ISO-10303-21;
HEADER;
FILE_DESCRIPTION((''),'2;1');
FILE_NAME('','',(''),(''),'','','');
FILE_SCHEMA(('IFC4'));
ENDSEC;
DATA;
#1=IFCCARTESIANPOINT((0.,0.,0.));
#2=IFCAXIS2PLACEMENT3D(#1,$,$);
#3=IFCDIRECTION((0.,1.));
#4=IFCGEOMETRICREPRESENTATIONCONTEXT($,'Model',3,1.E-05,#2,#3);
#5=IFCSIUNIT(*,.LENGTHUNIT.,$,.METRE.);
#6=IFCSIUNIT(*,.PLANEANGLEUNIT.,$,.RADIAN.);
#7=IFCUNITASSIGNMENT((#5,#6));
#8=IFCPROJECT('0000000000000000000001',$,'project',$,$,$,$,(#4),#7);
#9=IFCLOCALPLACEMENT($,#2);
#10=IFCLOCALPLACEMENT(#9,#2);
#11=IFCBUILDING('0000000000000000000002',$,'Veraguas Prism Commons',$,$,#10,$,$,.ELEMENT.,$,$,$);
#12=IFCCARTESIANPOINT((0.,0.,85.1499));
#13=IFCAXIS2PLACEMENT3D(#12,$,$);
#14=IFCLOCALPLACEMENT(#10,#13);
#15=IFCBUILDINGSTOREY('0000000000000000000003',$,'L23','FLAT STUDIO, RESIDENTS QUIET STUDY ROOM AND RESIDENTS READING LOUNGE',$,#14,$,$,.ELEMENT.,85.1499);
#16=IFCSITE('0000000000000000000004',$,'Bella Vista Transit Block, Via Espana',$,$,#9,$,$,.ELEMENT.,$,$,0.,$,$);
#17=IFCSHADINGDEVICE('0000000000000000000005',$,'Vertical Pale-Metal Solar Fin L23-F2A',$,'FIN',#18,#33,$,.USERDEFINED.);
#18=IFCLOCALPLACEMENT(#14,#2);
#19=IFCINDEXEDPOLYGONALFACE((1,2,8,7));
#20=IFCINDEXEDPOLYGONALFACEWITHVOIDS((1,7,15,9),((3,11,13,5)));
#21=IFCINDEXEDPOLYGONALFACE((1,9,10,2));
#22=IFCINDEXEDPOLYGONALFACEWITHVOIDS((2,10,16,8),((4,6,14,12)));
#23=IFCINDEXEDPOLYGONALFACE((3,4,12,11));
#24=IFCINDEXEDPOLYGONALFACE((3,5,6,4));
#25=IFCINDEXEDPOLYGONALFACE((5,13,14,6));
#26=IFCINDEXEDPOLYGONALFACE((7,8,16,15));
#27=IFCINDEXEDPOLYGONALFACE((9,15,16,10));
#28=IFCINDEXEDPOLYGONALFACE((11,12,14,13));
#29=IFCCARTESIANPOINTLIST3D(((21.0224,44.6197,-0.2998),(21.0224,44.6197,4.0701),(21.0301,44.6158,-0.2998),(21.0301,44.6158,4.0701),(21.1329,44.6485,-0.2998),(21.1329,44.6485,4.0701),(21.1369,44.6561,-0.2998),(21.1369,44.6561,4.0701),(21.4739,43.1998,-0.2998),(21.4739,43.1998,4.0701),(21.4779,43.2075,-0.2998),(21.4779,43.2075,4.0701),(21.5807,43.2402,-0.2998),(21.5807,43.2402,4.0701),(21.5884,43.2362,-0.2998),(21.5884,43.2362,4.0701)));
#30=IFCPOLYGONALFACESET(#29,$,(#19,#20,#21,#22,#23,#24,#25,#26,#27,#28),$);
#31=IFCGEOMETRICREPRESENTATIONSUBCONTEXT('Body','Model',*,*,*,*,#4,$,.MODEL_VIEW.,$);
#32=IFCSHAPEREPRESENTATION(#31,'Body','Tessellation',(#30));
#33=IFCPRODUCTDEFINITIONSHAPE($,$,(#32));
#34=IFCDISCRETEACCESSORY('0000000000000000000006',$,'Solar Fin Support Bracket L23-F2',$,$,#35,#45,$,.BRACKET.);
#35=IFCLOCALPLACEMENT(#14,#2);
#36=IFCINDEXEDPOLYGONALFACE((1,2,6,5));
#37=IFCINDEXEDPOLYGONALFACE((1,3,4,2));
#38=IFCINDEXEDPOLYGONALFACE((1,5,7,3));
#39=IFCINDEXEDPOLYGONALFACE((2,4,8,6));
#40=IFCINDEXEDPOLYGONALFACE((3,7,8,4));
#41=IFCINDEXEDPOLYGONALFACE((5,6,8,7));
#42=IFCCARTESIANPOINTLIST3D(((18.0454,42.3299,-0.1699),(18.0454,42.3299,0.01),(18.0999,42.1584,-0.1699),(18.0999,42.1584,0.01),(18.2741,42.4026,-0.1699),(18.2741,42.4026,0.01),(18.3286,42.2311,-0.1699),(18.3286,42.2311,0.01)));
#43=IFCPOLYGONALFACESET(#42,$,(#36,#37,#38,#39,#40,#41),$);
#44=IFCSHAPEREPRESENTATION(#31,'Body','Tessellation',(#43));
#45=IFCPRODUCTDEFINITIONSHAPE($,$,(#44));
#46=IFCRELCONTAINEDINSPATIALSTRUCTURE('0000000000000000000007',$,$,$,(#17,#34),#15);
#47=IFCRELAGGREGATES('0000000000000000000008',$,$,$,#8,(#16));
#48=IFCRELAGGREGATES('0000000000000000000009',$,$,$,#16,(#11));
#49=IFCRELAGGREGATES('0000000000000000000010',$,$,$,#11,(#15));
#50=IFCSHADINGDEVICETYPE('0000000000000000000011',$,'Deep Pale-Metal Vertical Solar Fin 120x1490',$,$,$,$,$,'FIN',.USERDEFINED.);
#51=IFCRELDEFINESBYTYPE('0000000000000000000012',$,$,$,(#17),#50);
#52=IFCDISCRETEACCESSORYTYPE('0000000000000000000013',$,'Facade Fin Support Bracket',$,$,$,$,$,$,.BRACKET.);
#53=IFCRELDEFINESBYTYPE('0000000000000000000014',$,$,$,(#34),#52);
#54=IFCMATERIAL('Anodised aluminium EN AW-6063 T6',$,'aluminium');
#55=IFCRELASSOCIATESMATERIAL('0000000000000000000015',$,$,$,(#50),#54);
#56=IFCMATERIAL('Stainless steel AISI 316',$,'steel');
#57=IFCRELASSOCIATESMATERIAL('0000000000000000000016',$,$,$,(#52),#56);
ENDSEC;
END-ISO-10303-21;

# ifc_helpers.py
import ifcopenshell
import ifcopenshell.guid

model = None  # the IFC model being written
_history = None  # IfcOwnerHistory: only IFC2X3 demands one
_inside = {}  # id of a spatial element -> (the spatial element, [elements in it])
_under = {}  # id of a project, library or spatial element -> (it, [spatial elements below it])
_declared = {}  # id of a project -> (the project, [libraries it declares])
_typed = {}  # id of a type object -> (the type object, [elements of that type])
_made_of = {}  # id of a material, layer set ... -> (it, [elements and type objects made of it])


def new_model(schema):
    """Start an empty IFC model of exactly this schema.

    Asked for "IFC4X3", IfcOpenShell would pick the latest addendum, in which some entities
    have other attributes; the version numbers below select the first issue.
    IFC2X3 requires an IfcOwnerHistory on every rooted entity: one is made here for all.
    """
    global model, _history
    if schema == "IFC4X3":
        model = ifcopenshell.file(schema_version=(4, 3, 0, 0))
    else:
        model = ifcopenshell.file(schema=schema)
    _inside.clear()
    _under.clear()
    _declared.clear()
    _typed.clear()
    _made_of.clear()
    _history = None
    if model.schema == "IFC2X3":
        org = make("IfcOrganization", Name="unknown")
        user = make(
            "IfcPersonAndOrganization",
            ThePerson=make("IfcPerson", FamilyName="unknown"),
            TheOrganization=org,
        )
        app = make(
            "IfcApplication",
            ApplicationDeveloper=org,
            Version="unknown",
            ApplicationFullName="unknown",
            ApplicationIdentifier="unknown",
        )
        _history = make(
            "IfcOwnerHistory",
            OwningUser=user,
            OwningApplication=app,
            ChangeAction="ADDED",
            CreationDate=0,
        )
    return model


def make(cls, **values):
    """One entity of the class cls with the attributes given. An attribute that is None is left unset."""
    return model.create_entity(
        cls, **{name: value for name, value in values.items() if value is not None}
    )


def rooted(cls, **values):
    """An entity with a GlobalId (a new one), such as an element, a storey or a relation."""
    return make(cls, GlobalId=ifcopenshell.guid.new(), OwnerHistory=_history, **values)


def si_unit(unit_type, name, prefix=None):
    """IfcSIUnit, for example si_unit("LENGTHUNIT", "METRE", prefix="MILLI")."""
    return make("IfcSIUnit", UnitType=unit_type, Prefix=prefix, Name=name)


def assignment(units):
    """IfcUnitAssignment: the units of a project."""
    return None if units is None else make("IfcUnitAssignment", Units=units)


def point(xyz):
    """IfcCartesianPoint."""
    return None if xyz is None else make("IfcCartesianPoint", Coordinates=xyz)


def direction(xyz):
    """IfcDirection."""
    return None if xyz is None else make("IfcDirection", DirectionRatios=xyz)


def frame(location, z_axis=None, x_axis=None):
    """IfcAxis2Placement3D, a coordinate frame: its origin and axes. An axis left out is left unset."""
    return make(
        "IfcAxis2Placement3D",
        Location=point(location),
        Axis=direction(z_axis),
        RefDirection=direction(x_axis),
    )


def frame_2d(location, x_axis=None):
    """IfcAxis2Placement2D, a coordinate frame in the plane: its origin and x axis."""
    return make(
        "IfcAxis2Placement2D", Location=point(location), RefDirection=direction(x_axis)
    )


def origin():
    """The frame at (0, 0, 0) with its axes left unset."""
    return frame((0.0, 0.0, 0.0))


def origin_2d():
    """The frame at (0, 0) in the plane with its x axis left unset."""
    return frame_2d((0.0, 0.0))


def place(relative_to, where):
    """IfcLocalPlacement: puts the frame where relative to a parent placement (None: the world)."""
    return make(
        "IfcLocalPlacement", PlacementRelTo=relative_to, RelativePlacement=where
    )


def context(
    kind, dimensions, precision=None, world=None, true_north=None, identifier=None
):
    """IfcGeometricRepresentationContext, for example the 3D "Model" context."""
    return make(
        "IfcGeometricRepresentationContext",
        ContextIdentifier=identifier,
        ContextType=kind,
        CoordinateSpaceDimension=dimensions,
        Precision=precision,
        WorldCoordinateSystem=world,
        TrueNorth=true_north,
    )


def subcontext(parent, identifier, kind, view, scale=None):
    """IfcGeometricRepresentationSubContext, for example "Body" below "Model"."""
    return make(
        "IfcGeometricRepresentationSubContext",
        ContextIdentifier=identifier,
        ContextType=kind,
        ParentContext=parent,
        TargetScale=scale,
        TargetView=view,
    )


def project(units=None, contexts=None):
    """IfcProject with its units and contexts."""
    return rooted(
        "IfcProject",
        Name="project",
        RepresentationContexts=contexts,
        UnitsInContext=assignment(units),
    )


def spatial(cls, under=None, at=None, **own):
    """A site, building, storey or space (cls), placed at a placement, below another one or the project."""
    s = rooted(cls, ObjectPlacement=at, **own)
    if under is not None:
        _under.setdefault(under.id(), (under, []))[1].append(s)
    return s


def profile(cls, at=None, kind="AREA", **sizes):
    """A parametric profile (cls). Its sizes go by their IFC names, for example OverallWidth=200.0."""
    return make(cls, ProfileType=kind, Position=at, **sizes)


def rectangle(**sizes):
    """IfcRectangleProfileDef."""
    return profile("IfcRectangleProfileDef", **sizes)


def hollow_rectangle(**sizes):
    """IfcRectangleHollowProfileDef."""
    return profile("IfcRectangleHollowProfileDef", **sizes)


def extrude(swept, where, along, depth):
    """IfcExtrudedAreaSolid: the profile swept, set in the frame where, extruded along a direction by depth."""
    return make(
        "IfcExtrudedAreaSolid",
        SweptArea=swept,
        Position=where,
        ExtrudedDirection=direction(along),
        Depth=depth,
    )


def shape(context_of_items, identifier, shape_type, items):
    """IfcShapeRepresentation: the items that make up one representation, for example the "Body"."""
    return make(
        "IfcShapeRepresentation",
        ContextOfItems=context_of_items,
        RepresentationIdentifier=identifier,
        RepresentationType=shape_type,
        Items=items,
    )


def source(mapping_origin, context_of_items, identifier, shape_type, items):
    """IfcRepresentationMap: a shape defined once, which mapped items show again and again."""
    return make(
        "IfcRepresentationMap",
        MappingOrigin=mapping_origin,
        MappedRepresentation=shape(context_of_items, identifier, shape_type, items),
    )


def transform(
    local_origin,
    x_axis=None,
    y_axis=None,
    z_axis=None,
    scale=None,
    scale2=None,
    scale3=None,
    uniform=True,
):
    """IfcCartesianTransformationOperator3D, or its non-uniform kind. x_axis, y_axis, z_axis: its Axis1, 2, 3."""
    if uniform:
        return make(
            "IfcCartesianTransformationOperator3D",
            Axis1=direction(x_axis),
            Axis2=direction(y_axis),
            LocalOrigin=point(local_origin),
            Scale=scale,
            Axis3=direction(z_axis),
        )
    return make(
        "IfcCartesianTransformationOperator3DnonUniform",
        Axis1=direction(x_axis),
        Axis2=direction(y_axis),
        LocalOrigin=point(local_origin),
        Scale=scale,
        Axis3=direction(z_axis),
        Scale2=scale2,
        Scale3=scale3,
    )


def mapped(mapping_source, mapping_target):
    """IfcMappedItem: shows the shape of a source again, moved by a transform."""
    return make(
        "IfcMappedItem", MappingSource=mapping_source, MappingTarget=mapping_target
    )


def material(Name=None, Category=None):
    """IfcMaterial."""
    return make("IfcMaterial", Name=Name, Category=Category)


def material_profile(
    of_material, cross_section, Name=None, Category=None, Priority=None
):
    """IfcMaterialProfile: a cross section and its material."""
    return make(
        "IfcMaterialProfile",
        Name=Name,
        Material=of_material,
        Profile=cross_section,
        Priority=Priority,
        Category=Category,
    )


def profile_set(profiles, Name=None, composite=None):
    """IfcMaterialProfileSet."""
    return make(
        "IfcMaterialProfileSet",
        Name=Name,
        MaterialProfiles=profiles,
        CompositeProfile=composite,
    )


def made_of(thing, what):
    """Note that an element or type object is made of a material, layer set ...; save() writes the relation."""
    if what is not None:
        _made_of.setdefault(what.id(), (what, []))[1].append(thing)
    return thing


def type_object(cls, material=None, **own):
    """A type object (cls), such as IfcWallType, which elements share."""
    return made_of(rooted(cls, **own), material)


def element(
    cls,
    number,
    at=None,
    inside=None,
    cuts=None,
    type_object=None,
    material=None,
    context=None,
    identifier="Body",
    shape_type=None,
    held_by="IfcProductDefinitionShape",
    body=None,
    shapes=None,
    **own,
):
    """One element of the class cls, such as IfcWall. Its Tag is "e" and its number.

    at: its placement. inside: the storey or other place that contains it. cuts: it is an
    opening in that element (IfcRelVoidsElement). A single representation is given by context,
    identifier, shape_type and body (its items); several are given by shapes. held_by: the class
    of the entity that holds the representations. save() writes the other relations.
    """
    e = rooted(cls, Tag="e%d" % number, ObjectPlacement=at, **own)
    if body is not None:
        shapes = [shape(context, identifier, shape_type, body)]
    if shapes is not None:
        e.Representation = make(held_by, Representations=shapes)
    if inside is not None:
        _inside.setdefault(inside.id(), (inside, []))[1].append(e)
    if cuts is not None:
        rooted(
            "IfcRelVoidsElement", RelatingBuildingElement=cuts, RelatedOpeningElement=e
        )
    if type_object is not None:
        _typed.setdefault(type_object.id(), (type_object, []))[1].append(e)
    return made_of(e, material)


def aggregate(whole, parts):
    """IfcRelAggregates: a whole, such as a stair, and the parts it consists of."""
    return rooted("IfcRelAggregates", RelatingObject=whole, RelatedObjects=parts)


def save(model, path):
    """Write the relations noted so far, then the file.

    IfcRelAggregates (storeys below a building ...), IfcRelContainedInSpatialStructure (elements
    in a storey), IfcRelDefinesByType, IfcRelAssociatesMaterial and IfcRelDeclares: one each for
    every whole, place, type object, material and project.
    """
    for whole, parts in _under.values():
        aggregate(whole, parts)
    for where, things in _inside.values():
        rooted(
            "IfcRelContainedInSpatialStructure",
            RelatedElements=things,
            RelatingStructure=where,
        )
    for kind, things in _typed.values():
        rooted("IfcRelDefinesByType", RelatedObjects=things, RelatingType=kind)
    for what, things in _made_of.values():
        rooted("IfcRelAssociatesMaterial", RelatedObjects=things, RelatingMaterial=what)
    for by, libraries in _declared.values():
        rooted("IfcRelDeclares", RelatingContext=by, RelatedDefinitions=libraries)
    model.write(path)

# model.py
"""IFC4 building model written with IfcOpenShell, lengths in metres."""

from ifc_helpers import new_model, si_unit, direction, frame, origin, origin_2d, place, context, subcontext, project, spatial, rectangle, hollow_rectangle, extrude, source, transform, mapped, material, material_profile, profile_set, type_object, element, save


model = new_model("IFC4")

# Units and contexts
model_context = context("Model", 3, precision=1e-05, world=origin(), true_north=direction((0.0, 1.0)))
body_context = subcontext(model_context, "Body", "Model", "MODEL_VIEW")
ifc_project = project(units=[si_unit("LENGTHUNIT", "METRE"), si_unit("PLANEANGLEUNIT", "RADIAN")], contexts=[model_context])

# Site, building, storey
site_placement = place(None, origin())
site = spatial("IfcSite", under=ifc_project, at=site_placement, Name="Bella Vista Transit Block, Via Espana", CompositionType="ELEMENT", RefElevation=0.0)
building_placement = place(site_placement, origin())
building = spatial("IfcBuilding", under=site, at=building_placement, Name="Veraguas Prism Commons", CompositionType="ELEMENT")
storey_placement = place(building_placement, frame((0.0, 0.0, 85.1499)))
storey = spatial("IfcBuildingStorey", under=building, at=storey_placement, Name="L23", Description="FLAT STUDIO, RESIDENTS QUIET STUDY ROOM AND RESIDENTS READING LOUNGE", CompositionType="ELEMENT", Elevation=85.1499)

# Shared definitions
ifc_material_1 = material(Name="Anodised aluminium EN AW-6063 T6", Category="aluminium")

# Shading device
ifc_material_profile_1 = material_profile(ifc_material_1, hollow_rectangle(XDim=0.1201, YDim=1.49, WallThickness=0.0061, at=origin_2d()), Name="FIN120X1490X6")
ifc_profile_set_1 = profile_set([ifc_material_profile_1], Name="Anodised aluminium EN AW-6063 T6")
shading_device_type = type_object("IfcShadingDeviceType", Name="Deep Pale-Metal Vertical Solar Fin 120x1490", ElementType="FIN", PredefinedType="USERDEFINED", material=ifc_profile_set_1)
shading_device_placement = place(storey_placement, frame((21.3054, 43.928, -0.2998), z_axis=(0.0, 0.0, 1.0), x_axis=(-0.952979, -0.303037, 0.0)))
element("IfcShadingDevice", 1, at=shading_device_placement, inside=storey, type_object=shading_device_type, Name="Vertical Pale-Metal Solar Fin L23-F2A", ObjectType="FIN", PredefinedType="USERDEFINED", context=body_context, shape_type="SweptSolid", body=[
    extrude(hollow_rectangle(XDim=0.1201, YDim=1.49, WallThickness=0.0061, at=origin_2d()), origin(), (0.0, 0.0, 1.0), 4.3699),
])

# Discrete accessory
ifc_material_2 = material(Name="Stainless steel AISI 316", Category="steel")
discrete_accessory_type = type_object("IfcDiscreteAccessoryType", Name="Facade Fin Support Bracket", PredefinedType="BRACKET", material=ifc_material_2)
shared_shape_1 = source(origin(), body_context, "Body", "SweptSolid", [
    extrude(rectangle(XDim=0.24, YDim=0.1799, at=origin_2d()), origin(), (0.0, 0.0, 1.0), 0.1799),
])
discrete_accessory_placement = place(storey_placement, frame((18.187, 42.2805, -0.1699), z_axis=(0.0, 0.0, 1.0), x_axis=(-0.952979, -0.303037, 0.0)))
element("IfcDiscreteAccessory", 2, at=discrete_accessory_placement, inside=storey, type_object=discrete_accessory_type, Name="Solar Fin Support Bracket L23-F2", PredefinedType="BRACKET", context=body_context, shape_type="MappedRepresentation", body=[
    mapped(shared_shape_1, transform((0.0, 0.0, 0.0), scale=1.0)),
])

save(model, "model.ifc")
